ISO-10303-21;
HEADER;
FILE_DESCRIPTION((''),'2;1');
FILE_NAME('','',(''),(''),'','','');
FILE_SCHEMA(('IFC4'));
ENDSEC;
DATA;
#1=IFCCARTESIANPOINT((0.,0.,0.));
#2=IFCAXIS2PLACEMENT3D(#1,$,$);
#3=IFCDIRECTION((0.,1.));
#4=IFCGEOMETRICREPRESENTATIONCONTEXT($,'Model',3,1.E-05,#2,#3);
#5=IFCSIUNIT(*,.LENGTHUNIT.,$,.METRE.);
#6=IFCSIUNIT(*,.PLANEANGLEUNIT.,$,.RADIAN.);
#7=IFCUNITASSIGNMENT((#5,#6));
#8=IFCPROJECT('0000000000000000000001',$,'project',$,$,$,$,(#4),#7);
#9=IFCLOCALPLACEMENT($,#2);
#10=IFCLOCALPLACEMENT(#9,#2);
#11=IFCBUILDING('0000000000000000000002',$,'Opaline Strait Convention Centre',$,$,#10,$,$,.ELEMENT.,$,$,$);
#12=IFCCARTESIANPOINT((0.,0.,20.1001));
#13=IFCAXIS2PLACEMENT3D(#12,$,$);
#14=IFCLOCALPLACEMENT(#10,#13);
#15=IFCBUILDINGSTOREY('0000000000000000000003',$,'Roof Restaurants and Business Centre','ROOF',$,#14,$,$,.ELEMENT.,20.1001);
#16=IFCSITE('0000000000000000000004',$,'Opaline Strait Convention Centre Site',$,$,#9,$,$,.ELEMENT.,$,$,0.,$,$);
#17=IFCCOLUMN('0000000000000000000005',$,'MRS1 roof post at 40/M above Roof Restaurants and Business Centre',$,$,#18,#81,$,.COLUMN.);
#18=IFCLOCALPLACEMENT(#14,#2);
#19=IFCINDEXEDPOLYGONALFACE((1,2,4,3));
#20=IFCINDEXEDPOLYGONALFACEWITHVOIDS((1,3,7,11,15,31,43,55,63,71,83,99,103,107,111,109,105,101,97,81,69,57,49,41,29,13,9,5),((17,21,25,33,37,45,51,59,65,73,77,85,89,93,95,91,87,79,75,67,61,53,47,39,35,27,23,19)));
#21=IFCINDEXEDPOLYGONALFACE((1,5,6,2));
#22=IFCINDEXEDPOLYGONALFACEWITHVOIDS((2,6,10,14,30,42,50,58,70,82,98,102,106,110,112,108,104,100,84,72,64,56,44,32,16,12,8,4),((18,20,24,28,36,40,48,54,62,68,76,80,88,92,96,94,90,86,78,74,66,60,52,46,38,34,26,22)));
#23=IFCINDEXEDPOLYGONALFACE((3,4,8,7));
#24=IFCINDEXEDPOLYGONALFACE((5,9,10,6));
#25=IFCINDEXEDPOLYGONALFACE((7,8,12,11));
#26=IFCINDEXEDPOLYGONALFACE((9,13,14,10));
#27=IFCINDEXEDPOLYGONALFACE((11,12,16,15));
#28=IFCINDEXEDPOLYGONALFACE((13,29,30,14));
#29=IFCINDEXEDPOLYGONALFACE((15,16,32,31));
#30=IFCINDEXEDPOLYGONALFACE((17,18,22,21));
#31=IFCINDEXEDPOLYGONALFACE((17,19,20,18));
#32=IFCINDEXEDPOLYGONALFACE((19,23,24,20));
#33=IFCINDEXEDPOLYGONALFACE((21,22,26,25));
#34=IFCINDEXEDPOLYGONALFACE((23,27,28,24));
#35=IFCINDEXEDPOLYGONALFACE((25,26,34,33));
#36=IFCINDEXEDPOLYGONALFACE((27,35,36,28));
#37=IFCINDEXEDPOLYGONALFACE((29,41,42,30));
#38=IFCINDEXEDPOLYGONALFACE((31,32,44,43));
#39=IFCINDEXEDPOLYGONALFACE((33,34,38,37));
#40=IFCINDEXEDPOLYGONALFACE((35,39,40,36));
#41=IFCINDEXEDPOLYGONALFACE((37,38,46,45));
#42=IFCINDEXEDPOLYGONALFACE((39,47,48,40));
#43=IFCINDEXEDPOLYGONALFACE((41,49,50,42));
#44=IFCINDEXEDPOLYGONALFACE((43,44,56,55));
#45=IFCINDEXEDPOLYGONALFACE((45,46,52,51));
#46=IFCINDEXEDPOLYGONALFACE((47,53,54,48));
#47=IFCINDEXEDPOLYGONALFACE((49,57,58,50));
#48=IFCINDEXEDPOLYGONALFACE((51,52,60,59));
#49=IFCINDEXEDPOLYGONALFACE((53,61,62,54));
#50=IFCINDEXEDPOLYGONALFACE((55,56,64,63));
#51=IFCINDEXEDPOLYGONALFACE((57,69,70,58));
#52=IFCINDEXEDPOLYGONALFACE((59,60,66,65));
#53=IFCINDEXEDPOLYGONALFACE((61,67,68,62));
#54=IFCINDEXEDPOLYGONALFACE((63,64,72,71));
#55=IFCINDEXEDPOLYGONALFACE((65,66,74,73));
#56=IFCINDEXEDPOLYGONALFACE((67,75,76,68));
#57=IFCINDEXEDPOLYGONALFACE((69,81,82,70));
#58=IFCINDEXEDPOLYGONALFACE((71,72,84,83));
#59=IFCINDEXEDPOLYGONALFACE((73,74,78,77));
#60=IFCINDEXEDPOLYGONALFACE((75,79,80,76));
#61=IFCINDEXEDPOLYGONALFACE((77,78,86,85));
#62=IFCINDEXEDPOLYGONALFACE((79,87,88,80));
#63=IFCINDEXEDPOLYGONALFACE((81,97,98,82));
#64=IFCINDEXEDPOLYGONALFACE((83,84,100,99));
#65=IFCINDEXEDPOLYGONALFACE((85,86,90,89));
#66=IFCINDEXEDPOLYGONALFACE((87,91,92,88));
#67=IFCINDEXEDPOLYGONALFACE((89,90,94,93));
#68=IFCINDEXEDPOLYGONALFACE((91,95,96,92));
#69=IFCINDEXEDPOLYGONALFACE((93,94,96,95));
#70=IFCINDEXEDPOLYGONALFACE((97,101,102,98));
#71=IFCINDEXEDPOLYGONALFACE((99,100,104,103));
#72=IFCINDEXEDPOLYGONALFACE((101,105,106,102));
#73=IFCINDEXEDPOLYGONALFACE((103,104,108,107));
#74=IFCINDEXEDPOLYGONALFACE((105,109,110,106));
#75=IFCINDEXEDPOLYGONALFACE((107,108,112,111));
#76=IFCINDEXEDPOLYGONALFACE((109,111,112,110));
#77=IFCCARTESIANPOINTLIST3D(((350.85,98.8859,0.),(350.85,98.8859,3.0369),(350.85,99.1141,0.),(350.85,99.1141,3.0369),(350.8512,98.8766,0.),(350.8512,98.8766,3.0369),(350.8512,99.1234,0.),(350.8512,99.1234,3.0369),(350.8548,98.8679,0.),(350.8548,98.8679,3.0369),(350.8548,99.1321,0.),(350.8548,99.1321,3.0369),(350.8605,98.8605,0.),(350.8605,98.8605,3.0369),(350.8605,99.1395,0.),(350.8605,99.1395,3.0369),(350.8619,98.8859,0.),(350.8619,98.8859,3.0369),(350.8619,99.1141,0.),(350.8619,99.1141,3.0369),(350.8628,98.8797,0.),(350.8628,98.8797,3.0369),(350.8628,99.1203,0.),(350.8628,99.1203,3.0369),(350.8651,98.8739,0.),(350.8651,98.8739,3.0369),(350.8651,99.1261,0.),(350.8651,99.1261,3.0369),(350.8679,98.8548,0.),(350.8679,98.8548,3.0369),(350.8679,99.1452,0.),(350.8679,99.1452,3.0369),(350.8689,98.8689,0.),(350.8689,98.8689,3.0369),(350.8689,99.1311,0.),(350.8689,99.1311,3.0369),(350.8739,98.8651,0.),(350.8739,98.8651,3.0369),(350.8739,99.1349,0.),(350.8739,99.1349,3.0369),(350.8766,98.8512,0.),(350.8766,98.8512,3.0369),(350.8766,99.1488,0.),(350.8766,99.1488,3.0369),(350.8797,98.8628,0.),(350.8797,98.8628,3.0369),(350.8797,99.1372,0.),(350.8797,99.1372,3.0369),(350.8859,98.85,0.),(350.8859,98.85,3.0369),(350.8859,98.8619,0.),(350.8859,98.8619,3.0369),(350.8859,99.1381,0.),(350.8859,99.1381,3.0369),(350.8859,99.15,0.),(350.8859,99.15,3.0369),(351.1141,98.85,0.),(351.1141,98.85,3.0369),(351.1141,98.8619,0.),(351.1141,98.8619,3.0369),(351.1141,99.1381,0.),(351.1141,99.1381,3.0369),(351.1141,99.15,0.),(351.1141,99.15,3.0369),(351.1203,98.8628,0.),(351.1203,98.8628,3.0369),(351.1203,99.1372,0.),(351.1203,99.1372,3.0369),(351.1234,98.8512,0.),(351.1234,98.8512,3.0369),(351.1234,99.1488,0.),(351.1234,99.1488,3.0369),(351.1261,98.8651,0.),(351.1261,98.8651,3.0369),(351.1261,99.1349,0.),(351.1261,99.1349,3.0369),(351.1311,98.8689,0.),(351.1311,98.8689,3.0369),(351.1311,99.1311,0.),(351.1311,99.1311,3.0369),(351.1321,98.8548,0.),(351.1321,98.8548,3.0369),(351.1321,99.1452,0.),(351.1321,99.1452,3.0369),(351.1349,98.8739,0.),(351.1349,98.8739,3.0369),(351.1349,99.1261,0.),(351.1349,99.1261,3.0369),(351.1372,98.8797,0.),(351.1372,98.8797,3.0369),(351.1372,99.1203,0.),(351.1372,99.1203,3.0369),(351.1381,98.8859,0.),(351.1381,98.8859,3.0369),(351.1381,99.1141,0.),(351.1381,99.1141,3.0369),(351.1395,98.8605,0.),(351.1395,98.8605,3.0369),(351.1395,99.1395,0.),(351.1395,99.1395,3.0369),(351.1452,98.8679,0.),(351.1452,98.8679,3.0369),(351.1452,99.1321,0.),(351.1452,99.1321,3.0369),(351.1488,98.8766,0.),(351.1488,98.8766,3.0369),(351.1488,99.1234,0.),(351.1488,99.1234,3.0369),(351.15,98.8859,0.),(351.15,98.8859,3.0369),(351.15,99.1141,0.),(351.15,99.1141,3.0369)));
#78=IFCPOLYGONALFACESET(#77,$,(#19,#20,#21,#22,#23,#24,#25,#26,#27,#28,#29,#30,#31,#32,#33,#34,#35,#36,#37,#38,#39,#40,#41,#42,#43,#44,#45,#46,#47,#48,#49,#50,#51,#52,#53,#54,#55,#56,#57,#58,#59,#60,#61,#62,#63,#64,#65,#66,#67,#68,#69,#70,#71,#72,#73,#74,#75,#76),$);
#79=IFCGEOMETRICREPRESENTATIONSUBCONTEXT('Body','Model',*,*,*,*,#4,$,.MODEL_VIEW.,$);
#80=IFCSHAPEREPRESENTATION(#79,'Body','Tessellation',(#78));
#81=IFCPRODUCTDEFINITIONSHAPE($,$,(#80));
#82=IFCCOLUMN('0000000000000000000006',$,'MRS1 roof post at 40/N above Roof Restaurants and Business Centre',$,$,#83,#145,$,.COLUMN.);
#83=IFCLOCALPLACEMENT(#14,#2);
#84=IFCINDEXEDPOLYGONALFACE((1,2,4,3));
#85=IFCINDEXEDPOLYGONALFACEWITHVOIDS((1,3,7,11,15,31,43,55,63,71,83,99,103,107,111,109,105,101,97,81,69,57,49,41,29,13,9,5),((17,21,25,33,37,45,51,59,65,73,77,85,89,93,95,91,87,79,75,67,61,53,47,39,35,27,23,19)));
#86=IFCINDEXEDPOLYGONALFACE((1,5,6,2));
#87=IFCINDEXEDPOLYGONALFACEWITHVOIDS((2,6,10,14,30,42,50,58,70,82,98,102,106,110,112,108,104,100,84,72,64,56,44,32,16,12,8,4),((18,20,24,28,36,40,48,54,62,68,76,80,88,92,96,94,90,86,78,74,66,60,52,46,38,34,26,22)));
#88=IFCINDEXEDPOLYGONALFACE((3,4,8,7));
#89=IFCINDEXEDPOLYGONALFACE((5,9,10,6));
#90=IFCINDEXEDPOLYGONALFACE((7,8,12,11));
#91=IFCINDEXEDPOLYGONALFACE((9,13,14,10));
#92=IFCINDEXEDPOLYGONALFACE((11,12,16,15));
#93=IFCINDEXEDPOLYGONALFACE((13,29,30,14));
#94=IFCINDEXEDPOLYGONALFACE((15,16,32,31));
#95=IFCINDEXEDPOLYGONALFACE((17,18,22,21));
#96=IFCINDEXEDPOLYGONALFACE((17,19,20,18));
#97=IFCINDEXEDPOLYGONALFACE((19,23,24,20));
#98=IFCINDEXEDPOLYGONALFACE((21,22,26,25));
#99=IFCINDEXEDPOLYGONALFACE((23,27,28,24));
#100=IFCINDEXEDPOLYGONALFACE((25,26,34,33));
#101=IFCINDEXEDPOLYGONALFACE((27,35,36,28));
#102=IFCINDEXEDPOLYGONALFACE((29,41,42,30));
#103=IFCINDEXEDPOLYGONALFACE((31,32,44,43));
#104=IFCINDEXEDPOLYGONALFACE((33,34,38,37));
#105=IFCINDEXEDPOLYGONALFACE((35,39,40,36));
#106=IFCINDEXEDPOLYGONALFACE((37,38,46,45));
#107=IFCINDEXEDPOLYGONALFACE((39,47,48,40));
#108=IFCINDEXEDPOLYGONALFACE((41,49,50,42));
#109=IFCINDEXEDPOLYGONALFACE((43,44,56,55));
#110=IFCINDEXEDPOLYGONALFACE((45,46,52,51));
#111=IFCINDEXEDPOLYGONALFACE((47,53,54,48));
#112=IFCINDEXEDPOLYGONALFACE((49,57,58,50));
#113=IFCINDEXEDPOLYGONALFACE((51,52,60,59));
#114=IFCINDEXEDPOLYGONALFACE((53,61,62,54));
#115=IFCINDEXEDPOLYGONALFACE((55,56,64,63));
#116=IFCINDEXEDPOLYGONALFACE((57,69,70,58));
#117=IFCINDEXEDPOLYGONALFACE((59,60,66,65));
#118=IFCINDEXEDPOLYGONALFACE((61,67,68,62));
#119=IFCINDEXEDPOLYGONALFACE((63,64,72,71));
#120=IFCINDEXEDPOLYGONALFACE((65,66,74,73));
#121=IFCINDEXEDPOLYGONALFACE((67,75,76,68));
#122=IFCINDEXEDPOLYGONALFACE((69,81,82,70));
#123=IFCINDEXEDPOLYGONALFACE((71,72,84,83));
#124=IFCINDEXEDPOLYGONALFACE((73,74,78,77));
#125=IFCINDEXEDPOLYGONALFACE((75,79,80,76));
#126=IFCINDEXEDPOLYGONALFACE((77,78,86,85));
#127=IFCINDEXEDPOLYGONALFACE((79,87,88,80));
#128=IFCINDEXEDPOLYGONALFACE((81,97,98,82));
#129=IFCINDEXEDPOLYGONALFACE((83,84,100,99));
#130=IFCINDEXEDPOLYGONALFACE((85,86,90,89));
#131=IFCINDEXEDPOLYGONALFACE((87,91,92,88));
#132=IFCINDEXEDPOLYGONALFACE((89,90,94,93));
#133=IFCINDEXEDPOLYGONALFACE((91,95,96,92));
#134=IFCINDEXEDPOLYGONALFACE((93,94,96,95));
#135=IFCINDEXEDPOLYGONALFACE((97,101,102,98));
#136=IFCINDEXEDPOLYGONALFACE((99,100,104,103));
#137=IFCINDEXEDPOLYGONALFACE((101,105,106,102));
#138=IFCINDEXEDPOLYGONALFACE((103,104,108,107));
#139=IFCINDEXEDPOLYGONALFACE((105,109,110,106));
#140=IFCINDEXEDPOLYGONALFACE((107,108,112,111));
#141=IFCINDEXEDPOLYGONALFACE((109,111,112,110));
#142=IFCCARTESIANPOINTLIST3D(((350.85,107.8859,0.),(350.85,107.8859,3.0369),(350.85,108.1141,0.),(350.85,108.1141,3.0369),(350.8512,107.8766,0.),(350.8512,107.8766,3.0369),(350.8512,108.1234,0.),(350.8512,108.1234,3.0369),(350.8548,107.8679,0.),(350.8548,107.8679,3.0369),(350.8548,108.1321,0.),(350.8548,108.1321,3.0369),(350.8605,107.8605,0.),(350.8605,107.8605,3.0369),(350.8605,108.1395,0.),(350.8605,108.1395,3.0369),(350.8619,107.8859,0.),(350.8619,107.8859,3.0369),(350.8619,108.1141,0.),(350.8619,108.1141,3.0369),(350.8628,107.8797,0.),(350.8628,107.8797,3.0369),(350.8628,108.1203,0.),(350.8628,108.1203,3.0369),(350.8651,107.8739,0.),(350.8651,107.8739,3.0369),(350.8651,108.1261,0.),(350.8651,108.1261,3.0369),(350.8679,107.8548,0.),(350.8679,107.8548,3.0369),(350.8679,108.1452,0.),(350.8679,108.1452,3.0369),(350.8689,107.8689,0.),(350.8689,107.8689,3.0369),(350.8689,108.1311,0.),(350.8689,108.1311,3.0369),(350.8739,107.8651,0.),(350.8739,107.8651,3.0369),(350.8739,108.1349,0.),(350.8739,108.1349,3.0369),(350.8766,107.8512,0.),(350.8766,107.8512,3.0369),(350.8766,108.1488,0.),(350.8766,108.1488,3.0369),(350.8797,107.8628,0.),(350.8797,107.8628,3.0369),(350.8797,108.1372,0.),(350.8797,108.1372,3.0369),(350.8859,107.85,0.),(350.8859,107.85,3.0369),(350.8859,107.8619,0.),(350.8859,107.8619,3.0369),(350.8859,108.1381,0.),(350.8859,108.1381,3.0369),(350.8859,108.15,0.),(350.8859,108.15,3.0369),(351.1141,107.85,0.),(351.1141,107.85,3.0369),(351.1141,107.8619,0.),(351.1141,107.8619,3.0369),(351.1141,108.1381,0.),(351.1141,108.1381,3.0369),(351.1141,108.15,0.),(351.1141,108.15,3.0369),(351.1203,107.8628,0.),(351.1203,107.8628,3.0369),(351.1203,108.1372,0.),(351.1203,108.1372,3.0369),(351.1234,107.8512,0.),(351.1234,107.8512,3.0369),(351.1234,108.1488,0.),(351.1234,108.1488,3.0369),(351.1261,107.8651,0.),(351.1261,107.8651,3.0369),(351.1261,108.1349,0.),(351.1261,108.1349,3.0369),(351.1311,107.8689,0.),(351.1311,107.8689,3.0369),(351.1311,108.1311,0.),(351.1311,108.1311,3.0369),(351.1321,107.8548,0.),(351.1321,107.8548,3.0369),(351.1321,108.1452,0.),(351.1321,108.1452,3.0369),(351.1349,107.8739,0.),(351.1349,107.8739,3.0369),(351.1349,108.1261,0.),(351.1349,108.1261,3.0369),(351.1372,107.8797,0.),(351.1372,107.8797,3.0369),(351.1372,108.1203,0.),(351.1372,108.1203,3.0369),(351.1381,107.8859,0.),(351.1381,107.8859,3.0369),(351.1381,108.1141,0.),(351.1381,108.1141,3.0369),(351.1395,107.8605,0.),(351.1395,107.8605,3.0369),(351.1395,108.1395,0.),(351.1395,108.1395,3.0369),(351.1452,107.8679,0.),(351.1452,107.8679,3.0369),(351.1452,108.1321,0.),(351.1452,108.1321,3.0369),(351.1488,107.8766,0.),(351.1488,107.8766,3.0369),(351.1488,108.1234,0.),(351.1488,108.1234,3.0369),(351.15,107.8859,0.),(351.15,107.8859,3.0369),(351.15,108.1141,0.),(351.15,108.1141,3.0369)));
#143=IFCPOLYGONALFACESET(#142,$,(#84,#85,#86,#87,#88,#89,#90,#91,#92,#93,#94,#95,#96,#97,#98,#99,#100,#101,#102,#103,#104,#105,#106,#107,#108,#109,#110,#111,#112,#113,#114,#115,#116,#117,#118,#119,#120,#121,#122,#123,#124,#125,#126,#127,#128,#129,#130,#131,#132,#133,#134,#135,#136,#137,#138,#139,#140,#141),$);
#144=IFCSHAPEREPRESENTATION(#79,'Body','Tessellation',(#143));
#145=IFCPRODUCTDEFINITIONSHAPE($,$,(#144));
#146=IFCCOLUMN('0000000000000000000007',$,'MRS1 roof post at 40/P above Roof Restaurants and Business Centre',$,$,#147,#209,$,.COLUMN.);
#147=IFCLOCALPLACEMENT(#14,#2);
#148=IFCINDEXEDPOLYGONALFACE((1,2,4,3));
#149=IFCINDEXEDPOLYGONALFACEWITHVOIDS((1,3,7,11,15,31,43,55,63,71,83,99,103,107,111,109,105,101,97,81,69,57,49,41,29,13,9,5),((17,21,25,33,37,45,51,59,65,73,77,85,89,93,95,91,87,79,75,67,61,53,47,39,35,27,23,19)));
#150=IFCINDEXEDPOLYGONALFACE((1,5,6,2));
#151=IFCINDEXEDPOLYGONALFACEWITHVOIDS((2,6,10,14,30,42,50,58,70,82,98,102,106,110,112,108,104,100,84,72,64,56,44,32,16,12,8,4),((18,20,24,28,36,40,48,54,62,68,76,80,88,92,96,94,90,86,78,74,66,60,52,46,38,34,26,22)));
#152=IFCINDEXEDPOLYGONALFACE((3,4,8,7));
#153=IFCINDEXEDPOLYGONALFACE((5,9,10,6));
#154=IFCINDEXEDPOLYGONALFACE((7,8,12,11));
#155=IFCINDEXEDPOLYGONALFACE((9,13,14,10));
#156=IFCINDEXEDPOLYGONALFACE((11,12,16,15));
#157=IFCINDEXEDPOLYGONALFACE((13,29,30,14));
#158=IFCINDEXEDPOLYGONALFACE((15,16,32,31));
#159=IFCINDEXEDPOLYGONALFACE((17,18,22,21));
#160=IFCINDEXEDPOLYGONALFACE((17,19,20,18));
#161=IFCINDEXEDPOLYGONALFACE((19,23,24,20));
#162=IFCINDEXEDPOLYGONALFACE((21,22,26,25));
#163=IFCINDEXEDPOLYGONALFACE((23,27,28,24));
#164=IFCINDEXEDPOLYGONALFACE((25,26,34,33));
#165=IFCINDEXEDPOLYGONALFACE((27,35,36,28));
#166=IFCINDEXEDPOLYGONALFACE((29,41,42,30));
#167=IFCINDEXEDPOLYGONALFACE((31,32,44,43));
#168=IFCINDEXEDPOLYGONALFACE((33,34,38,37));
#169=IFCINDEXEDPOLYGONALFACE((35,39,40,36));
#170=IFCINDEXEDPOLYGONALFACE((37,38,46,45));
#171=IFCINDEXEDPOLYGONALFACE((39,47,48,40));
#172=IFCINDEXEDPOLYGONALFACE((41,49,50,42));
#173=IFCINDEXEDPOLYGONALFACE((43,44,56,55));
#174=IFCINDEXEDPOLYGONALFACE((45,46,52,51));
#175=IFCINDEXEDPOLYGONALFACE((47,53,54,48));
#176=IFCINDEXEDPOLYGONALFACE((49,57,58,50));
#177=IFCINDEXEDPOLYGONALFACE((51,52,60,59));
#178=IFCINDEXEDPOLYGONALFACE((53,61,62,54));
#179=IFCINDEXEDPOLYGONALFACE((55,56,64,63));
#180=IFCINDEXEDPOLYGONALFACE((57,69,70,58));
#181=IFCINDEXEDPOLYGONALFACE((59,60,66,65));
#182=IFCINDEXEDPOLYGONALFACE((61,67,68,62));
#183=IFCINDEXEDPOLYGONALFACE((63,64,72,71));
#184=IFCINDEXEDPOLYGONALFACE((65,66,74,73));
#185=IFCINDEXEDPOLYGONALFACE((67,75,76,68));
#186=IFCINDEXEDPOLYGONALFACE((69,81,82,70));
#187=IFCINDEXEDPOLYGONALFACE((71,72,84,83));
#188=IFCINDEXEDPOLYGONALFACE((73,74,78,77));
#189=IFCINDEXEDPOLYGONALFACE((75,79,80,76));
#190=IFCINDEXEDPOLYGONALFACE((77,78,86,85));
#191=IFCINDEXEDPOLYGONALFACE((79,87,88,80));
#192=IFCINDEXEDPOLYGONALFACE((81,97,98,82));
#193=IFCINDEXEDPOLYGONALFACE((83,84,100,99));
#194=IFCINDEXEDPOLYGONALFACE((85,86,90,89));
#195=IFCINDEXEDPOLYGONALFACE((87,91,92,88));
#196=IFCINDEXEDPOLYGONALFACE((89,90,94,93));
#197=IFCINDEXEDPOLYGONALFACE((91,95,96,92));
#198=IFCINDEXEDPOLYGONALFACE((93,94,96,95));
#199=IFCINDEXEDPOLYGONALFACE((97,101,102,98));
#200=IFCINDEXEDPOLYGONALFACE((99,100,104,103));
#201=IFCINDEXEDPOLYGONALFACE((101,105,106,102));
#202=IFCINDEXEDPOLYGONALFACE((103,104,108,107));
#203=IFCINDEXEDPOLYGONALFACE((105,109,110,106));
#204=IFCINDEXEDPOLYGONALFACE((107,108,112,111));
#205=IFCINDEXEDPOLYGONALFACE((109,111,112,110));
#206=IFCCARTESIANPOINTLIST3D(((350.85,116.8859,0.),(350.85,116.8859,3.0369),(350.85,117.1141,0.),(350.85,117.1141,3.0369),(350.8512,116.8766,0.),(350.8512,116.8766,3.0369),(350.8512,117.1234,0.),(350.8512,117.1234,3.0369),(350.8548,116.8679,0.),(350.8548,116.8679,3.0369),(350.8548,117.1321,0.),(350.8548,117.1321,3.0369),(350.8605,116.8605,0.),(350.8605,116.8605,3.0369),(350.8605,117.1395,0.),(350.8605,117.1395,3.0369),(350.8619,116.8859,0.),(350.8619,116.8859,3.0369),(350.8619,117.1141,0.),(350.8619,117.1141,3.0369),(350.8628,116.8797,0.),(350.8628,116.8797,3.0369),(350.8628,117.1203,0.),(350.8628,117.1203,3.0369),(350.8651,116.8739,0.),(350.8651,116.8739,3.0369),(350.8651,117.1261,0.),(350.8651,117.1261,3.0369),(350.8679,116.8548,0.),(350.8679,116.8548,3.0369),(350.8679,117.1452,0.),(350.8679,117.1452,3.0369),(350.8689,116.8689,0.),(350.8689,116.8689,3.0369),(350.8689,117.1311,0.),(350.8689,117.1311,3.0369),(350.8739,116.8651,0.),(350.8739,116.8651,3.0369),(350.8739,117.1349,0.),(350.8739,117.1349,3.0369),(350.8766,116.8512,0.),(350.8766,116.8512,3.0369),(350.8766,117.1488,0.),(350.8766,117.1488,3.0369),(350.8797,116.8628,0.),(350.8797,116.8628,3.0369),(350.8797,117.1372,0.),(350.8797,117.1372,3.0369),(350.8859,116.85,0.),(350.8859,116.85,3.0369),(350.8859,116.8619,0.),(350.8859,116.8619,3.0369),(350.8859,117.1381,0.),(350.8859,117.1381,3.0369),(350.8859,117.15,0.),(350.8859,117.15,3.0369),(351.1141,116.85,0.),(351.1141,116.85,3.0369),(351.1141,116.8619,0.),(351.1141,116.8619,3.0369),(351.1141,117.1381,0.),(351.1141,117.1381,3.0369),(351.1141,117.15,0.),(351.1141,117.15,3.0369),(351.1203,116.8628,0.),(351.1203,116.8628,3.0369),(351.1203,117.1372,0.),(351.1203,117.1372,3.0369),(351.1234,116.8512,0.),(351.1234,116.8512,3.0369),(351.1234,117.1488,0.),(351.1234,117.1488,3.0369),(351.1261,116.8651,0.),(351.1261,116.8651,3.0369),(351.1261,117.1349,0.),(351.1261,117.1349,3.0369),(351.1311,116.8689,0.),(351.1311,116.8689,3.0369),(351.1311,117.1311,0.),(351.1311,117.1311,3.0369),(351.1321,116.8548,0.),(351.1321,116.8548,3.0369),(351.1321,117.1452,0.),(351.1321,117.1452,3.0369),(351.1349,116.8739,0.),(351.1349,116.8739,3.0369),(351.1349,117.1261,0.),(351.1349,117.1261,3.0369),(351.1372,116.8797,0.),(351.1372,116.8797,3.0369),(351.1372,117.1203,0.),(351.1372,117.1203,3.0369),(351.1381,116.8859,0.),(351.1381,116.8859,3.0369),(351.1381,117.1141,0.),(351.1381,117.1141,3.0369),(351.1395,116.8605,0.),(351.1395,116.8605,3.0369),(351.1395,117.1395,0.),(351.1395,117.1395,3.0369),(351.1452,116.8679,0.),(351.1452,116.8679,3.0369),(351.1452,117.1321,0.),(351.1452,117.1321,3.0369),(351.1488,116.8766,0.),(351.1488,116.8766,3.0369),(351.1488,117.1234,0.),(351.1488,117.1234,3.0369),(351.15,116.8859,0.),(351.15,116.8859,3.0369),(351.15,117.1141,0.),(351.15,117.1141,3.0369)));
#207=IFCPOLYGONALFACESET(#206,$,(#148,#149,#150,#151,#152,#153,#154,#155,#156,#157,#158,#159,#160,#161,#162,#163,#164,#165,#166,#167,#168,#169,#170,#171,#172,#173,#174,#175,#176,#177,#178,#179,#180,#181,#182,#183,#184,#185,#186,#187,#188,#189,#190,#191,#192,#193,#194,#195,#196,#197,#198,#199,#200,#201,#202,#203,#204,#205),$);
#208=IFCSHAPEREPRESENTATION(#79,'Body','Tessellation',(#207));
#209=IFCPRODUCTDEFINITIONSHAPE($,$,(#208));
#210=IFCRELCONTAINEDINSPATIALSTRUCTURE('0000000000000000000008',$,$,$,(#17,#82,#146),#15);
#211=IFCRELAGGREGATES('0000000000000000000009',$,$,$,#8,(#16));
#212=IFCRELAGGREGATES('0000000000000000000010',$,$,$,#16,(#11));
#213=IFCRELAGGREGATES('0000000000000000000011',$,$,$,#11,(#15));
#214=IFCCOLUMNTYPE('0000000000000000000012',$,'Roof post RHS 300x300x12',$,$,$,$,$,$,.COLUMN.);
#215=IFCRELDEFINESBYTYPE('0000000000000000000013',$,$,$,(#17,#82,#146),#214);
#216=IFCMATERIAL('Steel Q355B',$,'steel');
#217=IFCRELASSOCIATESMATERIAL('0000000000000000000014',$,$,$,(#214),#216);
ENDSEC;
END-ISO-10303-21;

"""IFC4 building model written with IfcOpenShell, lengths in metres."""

from ifc_helpers import new_model, si_unit, direction, frame, origin, origin_2d, place, context, subcontext, project, spatial, hollow_rectangle, extrude, material, material_profile, profile_set, type_object, element, save


model = new_model("IFC4")

# Units and contexts
model_context = context("Model", 3, precision=1e-05, world=origin(), true_north=direction((0.0, 1.0)))
body_context = subcontext(model_context, "Body", "Model", "MODEL_VIEW")
ifc_project = project(units=[si_unit("LENGTHUNIT", "METRE"), si_unit("PLANEANGLEUNIT", "RADIAN")], contexts=[model_context])

# Site, building, storey
site_placement = place(None, origin())
site = spatial("IfcSite", under=ifc_project, at=site_placement, Name="Opaline Strait Convention Centre Site", CompositionType="ELEMENT", RefElevation=0.0)
building_placement = place(site_placement, origin())
building = spatial("IfcBuilding", under=site, at=building_placement, Name="Opaline Strait Convention Centre", CompositionType="ELEMENT")
storey_placement = place(building_placement, frame((0.0, 0.0, 20.1001)))
storey = spatial("IfcBuildingStorey", under=building, at=storey_placement, Name="Roof Restaurants and Business Centre", Description="ROOF", CompositionType="ELEMENT", Elevation=20.1001)

# Columns
ifc_material = material(Name="Steel Q355B", Category="steel")
ifc_material_profile = material_profile(ifc_material, hollow_rectangle(XDim=0.3, YDim=0.3, WallThickness=0.012, InnerFilletRadius=0.0239, OuterFilletRadius=0.0359, at=origin_2d()), Name="RHS 300x300x12")
ifc_profile_set = profile_set([ifc_material_profile], Name="Steel Q355B")
column_type = type_object("IfcColumnType", Name="Roof post RHS 300x300x12", PredefinedType="COLUMN", material=ifc_profile_set)
for number, where, z_axis, x_axis, name in (
    (1, (351.0, 99.0, 0.0), (0.0, 0.0, 1.0), (1.0, 0.0, 0.0), "MRS1 roof post at 40/M above Roof Restaurants and Business Centre"),
    (2, (351.0, 108.0, 0.0), (0.0, 0.0, 1.0), (1.0, 0.0, 0.0), "MRS1 roof post at 40/N above Roof Restaurants and Business Centre"),
    (3, (351.0, 117.0, 0.0), (0.0, 0.0, 1.0), (1.0, 0.0, 0.0), "MRS1 roof post at 40/P above Roof Restaurants and Business Centre"),
):
    element("IfcColumn", number, at=place(storey_placement, frame(where, z_axis=z_axis, x_axis=x_axis)), inside=storey, type_object=column_type, Name=name, PredefinedType="COLUMN", context=body_context, shape_type="SweptSolid", body=[
        extrude(hollow_rectangle(XDim=0.3, YDim=0.3, WallThickness=0.012, InnerFilletRadius=0.0239, OuterFilletRadius=0.0359, at=origin_2d()), origin(), (0.0, 0.0, 1.0), 3.0369),
    ])

save(model, "model.ifc")
